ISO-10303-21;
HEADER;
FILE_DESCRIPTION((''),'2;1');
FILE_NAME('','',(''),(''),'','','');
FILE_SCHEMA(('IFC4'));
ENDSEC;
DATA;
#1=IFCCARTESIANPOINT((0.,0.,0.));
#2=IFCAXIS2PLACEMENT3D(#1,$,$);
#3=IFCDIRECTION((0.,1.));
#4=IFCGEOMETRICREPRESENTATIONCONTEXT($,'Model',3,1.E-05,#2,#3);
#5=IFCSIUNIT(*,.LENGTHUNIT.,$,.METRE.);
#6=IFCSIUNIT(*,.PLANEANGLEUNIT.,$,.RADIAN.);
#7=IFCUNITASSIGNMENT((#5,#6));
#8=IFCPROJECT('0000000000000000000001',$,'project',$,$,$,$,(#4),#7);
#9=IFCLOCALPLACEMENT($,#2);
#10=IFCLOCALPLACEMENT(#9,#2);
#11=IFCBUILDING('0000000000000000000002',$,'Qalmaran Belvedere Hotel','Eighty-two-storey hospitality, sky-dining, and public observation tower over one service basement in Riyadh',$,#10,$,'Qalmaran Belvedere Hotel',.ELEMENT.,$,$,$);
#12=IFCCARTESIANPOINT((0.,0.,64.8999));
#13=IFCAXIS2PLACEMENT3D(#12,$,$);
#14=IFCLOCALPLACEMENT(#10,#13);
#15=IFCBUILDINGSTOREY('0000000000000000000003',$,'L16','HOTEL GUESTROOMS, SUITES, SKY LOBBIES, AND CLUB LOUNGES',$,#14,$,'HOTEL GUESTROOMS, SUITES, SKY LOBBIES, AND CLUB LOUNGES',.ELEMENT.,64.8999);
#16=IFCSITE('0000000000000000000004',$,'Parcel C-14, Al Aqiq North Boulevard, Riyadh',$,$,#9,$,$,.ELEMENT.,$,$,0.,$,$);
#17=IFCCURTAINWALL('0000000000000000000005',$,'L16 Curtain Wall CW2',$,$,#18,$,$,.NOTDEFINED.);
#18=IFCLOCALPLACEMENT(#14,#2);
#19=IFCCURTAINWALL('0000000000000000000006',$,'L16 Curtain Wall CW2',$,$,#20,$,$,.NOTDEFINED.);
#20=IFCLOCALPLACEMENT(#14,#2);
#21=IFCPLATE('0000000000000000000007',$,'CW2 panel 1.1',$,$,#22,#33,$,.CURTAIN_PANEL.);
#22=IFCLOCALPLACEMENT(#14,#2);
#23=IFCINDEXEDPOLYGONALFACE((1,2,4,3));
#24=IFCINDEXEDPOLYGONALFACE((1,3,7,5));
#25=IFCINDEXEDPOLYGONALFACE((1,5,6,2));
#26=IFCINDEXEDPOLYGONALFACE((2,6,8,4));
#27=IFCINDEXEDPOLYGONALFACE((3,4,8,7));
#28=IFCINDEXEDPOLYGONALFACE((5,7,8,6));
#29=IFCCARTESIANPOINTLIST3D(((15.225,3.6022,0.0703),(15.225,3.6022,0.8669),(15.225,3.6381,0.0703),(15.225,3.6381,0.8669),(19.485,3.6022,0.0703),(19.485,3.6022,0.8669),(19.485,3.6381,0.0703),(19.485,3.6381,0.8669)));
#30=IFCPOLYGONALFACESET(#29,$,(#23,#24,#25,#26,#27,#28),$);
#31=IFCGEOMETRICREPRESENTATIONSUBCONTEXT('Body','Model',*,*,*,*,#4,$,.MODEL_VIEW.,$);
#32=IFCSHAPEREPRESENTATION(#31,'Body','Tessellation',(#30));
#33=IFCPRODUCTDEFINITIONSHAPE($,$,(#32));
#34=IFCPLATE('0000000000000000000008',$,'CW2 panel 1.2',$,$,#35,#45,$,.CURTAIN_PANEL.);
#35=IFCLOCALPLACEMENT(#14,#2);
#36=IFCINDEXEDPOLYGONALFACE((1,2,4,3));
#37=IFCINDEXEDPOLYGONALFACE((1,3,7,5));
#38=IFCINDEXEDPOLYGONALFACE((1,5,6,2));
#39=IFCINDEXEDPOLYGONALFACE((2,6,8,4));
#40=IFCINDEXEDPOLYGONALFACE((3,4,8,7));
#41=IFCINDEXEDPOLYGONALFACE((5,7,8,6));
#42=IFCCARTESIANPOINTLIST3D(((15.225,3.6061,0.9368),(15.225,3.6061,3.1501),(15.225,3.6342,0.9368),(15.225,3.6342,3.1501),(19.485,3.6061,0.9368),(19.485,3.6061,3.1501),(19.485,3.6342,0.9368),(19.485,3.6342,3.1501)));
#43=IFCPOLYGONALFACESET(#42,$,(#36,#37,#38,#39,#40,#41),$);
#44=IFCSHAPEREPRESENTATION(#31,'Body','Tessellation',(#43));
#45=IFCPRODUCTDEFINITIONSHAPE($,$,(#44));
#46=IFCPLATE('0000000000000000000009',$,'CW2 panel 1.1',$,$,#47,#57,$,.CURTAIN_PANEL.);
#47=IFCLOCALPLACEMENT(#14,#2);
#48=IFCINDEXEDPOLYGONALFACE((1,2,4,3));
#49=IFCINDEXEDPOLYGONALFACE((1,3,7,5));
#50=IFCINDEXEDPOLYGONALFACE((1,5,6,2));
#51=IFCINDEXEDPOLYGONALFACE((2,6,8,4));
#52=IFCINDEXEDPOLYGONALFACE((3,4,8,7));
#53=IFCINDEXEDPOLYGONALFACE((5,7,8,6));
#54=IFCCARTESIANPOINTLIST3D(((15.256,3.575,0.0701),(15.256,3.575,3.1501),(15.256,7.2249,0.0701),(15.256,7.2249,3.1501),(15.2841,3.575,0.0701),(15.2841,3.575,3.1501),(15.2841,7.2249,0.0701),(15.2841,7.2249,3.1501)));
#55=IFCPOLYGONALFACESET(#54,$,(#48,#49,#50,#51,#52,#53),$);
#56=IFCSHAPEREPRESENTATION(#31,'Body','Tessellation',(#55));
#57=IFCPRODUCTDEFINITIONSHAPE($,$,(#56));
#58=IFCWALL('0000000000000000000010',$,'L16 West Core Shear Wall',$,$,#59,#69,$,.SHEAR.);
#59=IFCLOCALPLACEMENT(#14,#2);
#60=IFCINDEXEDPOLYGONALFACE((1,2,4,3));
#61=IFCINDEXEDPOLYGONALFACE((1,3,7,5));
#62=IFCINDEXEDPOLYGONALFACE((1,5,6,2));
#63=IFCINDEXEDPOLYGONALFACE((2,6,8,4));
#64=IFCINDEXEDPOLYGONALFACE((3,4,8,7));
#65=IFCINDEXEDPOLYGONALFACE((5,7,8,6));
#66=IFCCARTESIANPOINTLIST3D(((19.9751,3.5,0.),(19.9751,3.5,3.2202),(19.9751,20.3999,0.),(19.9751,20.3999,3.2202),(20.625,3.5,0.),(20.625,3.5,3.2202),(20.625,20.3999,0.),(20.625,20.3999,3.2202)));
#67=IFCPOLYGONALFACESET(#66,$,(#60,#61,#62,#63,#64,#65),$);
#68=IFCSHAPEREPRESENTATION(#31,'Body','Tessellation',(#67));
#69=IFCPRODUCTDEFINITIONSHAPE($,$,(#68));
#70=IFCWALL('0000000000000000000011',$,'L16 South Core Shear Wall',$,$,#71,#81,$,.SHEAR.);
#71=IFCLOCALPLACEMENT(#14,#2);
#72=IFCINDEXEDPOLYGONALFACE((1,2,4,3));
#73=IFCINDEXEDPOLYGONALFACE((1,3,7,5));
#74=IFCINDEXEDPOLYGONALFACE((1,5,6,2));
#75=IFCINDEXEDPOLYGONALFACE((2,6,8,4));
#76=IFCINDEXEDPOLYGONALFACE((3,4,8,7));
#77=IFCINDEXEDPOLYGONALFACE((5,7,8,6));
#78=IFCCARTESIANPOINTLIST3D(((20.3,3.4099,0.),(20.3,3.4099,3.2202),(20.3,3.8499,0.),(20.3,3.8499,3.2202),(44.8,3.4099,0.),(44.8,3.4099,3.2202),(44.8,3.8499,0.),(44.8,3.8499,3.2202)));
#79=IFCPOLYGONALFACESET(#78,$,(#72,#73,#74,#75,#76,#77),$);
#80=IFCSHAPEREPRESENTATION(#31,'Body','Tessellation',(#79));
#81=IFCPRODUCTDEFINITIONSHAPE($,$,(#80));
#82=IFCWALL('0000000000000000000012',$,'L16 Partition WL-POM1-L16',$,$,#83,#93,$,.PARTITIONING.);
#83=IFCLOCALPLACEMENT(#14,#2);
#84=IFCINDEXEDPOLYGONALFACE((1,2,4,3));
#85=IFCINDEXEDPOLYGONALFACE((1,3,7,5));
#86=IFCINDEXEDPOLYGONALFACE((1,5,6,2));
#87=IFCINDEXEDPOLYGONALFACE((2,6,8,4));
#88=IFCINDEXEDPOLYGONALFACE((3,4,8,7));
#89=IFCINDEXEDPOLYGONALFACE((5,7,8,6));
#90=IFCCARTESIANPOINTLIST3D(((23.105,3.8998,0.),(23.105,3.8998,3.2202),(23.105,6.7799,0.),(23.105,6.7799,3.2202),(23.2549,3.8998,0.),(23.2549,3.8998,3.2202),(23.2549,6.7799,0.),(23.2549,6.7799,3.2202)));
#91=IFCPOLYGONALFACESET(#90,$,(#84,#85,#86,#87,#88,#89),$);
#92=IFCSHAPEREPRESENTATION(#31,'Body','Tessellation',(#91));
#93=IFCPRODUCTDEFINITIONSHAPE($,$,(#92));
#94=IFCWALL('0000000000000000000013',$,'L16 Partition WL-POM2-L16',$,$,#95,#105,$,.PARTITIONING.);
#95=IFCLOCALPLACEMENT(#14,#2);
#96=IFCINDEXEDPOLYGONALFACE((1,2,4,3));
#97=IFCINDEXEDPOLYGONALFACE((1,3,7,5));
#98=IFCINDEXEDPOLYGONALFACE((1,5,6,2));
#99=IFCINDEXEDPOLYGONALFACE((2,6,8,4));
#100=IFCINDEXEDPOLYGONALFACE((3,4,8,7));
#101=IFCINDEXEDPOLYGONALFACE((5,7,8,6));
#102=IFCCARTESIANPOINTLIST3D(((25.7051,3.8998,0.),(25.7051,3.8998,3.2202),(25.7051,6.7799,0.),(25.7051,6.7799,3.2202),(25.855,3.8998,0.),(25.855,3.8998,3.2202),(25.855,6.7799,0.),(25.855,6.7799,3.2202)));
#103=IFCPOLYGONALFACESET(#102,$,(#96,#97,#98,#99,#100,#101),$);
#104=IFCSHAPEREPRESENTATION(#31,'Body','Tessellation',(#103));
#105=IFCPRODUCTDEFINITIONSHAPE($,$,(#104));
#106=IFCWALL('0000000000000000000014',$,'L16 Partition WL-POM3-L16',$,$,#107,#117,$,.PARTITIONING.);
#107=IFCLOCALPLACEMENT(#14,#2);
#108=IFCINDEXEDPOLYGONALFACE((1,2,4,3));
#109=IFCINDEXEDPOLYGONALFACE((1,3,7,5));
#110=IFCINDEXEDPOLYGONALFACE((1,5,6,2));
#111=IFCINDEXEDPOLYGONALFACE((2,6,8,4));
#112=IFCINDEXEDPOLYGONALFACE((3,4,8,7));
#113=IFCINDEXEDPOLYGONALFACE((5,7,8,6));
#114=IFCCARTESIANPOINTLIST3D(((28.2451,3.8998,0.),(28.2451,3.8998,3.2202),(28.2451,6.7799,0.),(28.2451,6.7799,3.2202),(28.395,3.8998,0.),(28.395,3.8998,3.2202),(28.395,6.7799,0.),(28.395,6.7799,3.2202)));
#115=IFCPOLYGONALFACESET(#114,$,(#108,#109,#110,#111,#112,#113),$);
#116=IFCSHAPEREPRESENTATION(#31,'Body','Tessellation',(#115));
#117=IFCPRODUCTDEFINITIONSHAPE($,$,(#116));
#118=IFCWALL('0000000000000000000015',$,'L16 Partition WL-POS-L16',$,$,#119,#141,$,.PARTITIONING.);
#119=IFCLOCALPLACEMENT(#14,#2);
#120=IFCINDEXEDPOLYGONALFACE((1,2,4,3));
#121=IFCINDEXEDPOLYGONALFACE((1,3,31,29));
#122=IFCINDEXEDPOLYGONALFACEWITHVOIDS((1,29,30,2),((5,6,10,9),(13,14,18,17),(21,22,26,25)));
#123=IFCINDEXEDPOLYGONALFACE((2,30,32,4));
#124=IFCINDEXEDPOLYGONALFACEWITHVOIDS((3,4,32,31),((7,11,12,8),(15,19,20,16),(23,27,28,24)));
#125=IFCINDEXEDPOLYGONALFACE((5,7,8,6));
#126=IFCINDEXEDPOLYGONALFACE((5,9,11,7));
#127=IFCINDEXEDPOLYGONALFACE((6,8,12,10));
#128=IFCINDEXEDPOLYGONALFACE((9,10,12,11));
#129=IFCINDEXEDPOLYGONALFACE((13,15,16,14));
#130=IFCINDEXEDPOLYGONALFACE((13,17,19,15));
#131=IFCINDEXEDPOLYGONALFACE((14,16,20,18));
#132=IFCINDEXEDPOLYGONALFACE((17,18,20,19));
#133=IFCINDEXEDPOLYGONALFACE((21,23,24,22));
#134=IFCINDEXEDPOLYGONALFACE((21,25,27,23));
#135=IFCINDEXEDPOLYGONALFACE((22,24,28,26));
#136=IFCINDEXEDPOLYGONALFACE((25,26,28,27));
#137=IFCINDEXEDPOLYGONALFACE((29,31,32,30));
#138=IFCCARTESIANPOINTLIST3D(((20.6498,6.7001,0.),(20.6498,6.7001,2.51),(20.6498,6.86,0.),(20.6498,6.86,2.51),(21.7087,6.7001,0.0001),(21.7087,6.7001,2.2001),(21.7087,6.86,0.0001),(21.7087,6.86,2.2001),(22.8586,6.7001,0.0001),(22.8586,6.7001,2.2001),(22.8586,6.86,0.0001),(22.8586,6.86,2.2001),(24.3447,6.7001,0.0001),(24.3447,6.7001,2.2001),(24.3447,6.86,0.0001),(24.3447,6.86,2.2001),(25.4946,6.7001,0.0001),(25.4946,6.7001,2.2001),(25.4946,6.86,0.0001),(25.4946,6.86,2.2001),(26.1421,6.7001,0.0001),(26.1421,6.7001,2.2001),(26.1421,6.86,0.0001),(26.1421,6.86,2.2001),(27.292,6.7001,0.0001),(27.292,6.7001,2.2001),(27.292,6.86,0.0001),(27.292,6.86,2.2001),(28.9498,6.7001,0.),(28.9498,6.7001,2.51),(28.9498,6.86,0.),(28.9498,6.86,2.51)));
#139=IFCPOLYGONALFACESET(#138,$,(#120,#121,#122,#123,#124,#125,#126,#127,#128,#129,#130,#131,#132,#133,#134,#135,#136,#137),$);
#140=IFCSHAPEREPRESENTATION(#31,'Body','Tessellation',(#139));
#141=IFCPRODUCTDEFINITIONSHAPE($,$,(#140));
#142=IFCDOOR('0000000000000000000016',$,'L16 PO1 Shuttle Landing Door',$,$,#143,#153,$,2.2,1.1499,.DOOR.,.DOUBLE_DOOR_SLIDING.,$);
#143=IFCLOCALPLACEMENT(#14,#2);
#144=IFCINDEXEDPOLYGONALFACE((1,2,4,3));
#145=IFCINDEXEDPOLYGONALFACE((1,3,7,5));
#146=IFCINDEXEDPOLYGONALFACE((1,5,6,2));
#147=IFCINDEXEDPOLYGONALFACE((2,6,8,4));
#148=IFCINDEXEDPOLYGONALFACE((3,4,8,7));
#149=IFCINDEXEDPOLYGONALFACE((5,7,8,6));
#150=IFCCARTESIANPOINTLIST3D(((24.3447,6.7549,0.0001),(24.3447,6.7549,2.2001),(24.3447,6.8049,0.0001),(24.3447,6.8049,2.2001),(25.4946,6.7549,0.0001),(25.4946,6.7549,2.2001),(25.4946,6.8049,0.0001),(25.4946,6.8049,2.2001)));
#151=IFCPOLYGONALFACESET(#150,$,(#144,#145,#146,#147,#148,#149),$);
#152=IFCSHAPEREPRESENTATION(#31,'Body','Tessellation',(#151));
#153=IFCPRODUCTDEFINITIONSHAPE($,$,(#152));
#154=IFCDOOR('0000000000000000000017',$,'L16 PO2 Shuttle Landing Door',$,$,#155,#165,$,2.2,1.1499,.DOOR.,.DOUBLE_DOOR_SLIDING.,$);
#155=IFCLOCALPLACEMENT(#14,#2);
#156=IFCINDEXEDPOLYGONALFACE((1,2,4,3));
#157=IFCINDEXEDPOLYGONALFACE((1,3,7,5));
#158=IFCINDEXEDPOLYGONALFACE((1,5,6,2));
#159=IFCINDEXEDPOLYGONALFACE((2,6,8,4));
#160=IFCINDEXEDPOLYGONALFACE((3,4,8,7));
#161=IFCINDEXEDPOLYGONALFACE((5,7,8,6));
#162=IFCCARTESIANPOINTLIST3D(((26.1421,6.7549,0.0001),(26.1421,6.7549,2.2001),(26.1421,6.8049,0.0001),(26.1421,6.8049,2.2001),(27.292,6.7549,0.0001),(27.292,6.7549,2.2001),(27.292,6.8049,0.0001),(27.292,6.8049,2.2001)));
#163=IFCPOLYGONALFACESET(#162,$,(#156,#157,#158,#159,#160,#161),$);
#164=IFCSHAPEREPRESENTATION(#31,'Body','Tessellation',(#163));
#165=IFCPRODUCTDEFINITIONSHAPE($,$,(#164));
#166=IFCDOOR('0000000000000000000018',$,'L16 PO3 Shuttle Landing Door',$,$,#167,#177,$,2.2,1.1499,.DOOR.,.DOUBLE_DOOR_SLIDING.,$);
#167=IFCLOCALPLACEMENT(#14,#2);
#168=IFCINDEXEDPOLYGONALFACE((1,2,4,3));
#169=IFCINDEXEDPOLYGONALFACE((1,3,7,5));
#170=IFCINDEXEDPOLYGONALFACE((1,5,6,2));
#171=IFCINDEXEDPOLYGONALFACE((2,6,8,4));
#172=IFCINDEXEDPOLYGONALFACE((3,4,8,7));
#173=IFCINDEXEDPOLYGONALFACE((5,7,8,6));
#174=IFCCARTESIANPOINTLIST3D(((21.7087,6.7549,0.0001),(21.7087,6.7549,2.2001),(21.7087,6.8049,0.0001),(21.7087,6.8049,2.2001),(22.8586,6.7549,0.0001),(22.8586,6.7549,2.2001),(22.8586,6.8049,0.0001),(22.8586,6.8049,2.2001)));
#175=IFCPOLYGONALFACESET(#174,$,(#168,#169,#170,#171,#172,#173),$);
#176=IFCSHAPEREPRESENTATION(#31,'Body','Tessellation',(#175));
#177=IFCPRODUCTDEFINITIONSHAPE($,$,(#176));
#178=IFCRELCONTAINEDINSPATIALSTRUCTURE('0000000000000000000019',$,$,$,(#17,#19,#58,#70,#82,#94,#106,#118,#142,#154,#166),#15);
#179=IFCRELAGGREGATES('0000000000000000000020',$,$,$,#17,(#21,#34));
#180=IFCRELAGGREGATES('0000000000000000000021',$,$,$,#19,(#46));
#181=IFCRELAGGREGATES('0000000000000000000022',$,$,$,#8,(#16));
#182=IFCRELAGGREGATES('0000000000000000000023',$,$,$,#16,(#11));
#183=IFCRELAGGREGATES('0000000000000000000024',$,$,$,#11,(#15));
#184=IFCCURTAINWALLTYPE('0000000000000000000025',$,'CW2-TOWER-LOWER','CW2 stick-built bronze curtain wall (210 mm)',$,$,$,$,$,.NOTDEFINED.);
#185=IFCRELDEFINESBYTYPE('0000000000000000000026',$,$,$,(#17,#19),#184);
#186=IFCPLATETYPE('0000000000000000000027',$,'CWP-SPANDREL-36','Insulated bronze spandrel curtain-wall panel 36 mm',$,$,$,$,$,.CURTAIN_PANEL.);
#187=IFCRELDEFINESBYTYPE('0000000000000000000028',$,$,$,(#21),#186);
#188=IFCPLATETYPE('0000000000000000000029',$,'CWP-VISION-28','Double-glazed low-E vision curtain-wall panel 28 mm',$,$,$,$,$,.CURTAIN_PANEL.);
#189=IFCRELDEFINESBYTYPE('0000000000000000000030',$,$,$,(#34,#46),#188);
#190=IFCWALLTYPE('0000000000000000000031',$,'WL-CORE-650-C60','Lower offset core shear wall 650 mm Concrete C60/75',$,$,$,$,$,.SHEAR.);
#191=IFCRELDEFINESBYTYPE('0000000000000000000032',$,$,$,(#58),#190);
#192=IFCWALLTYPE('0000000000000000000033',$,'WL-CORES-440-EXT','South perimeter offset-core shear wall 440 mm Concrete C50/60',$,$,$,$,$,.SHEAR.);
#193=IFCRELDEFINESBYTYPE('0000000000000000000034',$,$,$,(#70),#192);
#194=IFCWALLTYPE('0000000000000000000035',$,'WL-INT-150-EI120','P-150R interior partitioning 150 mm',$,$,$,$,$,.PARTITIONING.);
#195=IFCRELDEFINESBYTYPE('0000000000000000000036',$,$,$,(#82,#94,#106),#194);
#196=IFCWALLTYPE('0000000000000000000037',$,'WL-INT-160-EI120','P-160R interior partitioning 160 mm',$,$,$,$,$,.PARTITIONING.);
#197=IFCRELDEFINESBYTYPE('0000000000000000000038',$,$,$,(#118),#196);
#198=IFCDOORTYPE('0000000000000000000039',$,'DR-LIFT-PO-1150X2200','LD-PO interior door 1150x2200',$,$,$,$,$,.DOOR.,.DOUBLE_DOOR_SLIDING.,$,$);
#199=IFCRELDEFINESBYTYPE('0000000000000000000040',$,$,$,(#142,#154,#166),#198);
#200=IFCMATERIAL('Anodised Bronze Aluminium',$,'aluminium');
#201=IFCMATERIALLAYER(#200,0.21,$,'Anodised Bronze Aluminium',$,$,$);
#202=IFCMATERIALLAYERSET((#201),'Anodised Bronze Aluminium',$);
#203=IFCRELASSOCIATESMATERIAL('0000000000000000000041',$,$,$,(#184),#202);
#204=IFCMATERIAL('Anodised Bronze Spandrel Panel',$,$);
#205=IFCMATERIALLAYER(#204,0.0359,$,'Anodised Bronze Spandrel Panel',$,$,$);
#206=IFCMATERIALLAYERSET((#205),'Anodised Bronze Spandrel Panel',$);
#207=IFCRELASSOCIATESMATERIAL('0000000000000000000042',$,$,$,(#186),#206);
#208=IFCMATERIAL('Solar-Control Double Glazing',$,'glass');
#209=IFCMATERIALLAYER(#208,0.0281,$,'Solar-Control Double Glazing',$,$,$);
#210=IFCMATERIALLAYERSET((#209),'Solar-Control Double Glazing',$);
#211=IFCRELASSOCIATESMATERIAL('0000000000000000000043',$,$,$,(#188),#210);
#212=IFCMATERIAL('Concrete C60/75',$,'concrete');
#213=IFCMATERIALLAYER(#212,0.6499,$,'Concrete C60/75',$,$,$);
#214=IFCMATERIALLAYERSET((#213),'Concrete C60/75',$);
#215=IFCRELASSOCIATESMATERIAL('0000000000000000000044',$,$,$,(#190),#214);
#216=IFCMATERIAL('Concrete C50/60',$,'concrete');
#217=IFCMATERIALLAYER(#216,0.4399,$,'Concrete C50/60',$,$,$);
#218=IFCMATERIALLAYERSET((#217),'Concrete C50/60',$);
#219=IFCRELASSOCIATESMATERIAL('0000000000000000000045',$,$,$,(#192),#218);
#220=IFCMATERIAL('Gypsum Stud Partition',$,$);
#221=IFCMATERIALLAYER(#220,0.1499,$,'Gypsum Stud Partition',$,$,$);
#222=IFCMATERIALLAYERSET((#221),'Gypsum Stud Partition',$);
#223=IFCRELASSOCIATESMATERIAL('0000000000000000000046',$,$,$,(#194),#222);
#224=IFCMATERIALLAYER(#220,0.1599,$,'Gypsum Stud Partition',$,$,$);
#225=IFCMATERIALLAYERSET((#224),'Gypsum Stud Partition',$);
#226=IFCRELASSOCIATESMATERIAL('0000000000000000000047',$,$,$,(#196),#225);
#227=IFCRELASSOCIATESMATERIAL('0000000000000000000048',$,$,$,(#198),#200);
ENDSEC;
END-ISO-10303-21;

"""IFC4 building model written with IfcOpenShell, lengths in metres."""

from ifc_helpers import new_model, si_unit, direction, frame, frame_2d, origin, origin_2d, place, context, subcontext, project, spatial, rectangle, extrude, material, layer, layer_set, type_object, element, fill, aggregate, save


model = new_model("IFC4")

# Units and contexts
model_context = context("Model", 3, precision=1e-05, world=origin(), true_north=direction((0.0, 1.0)))
body_context = subcontext(model_context, "Body", "Model", "MODEL_VIEW")
ifc_project = project(units=[si_unit("LENGTHUNIT", "METRE"), si_unit("PLANEANGLEUNIT", "RADIAN")], contexts=[model_context])

# Site, building, storey
site_placement = place(None, origin())
site = spatial("IfcSite", under=ifc_project, at=site_placement, Name="Parcel C-14, Al Aqiq North Boulevard, Riyadh", CompositionType="ELEMENT", RefElevation=0.0)
building_placement = place(site_placement, origin())
building = spatial("IfcBuilding", under=site, at=building_placement, Name="Qalmaran Belvedere Hotel", Description="Eighty-two-storey hospitality, sky-dining, and public observation tower over one service basement in Riyadh", LongName="Qalmaran Belvedere Hotel", CompositionType="ELEMENT")
storey_placement = place(building_placement, frame((0.0, 0.0, 64.8999)))
storey = spatial("IfcBuildingStorey", under=building, at=storey_placement, Name="L16", Description="HOTEL GUESTROOMS, SUITES, SKY LOBBIES, AND CLUB LOUNGES", LongName="HOTEL GUESTROOMS, SUITES, SKY LOBBIES, AND CLUB LOUNGES", CompositionType="ELEMENT", Elevation=64.8999)

# Shared definitions
ifc_material_1 = material(Name="Concrete C60/75", Category="concrete")

# Curtain wall
ifc_material_2 = material(Name="Anodised Bronze Aluminium", Category="aluminium")
ifc_layer_1 = layer(ifc_material_2, 0.21, Name="Anodised Bronze Aluminium")
ifc_layer_set_1 = layer_set([ifc_layer_1], Name="Anodised Bronze Aluminium")
curtain_wall_type = type_object("IfcCurtainWallType", Name="CW2-TOWER-LOWER", Description="CW2 stick-built bronze curtain wall (210 mm)", PredefinedType="NOTDEFINED", material=ifc_layer_set_1)
curtain_wall_1_placement = place(storey_placement, origin())
curtain_wall_1 = element("IfcCurtainWall", 1, at=curtain_wall_1_placement, inside=storey, type_object=curtain_wall_type, Name="L16 Curtain Wall CW2", PredefinedType="NOTDEFINED")

# Curtain wall
curtain_wall_2_placement = place(storey_placement, origin())
curtain_wall_2 = element("IfcCurtainWall", 2, at=curtain_wall_2_placement, inside=storey, type_object=curtain_wall_type, Name="L16 Curtain Wall CW2", PredefinedType="NOTDEFINED")

# Plates
ifc_material_3 = material(Name="Anodised Bronze Spandrel Panel")
ifc_layer_2 = layer(ifc_material_3, 0.0359, Name="Anodised Bronze Spandrel Panel")
ifc_layer_set_2 = layer_set([ifc_layer_2], Name="Anodised Bronze Spandrel Panel")
plate_type_1 = type_object("IfcPlateType", Name="CWP-SPANDREL-36", Description="Insulated bronze spandrel curtain-wall panel 36 mm", PredefinedType="CURTAIN_PANEL", material=ifc_layer_set_2)
plate_1_placement = place(storey_placement, frame((17.355, 3.6201, 0.0703), z_axis=(0.0, 0.0, 1.0), x_axis=(1.0, 0.0, 0.0)))
plate_1 = element("IfcPlate", 3, at=plate_1_placement, type_object=plate_type_1, Name="CW2 panel 1.1", PredefinedType="CURTAIN_PANEL", context=body_context, shape_type="SweptSolid", body=[
    extrude(rectangle(XDim=4.26, YDim=0.0359, at=origin_2d()), origin(), (0.0, 0.0, 1.0), 0.7966),
])
ifc_material_4 = material(Name="Solar-Control Double Glazing", Category="glass")
ifc_layer_3 = layer(ifc_material_4, 0.0281, Name="Solar-Control Double Glazing")
ifc_layer_set_3 = layer_set([ifc_layer_3], Name="Solar-Control Double Glazing")
plate_type_2 = type_object("IfcPlateType", Name="CWP-VISION-28", Description="Double-glazed low-E vision curtain-wall panel 28 mm", PredefinedType="CURTAIN_PANEL", material=ifc_layer_set_3)
plate_2_placement = place(storey_placement, frame((17.355, 3.6201, 0.9368), z_axis=(0.0, 0.0, 1.0), x_axis=(1.0, 0.0, 0.0)))
plate_2 = element("IfcPlate", 4, at=plate_2_placement, type_object=plate_type_2, Name="CW2 panel 1.2", PredefinedType="CURTAIN_PANEL", context=body_context, shape_type="SweptSolid", body=[
    extrude(rectangle(XDim=4.26, YDim=0.0281, at=origin_2d()), origin(), (0.0, 0.0, 1.0), 2.2134),
])
aggregate(curtain_wall_1, [plate_1, plate_2])
plate_3_placement = place(storey_placement, frame((15.27, 5.3999, 0.0701), z_axis=(0.0, 0.0, 1.0), x_axis=(0.0, -1.0, 0.0)))
plate_3 = element("IfcPlate", 5, at=plate_3_placement, type_object=plate_type_2, Name="CW2 panel 1.1", PredefinedType="CURTAIN_PANEL", context=body_context, shape_type="SweptSolid", body=[
    extrude(rectangle(XDim=3.6499, YDim=0.0281, at=origin_2d()), origin(), (0.0, 0.0, 1.0), 3.0801),
])
aggregate(curtain_wall_2, [plate_3])

# Wall
ifc_layer_4 = layer(ifc_material_1, 0.6499, Name="Concrete C60/75")
ifc_layer_set_4 = layer_set([ifc_layer_4], Name="Concrete C60/75")
wall_type_1 = type_object("IfcWallType", Name="WL-CORE-650-C60", Description="Lower offset core shear wall 650 mm Concrete C60/75", PredefinedType="SHEAR", material=ifc_layer_set_4)
wall_1_placement = place(storey_placement, frame((20.3, 3.5, 0.0), z_axis=(0.0, 0.0, 1.0), x_axis=(0.0, 1.0, 0.0)))
element("IfcWall", 6, at=wall_1_placement, inside=storey, type_object=wall_type_1, Name="L16 West Core Shear Wall", PredefinedType="SHEAR", context=body_context, shape_type="SweptSolid", body=[
    extrude(rectangle(XDim=16.8999, YDim=0.6499, at=frame_2d((8.45, 0.0))), origin(), (0.0, 0.0, 1.0), 3.2202),
])

# Walls
ifc_material_5 = material(Name="Concrete C50/60", Category="concrete")
ifc_layer_5 = layer(ifc_material_5, 0.4399, Name="Concrete C50/60")
ifc_layer_set_5 = layer_set([ifc_layer_5], Name="Concrete C50/60")
wall_type_2 = type_object("IfcWallType", Name="WL-CORES-440-EXT", Description="South perimeter offset-core shear wall 440 mm Concrete C50/60", PredefinedType="SHEAR", material=ifc_layer_set_5)
wall_2_placement = place(storey_placement, frame((20.3, 3.6299, 0.0), z_axis=(0.0, 0.0, 1.0), x_axis=(1.0, 0.0, 0.0)))
element("IfcWall", 7, at=wall_2_placement, inside=storey, type_object=wall_type_2, Name="L16 South Core Shear Wall", PredefinedType="SHEAR", context=body_context, shape_type="SweptSolid", body=[
    extrude(rectangle(XDim=24.5, YDim=0.4399, at=frame_2d((12.25, 0.0))), origin(), (0.0, 0.0, 1.0), 3.2202),
])
ifc_material_6 = material(Name="Gypsum Stud Partition")
ifc_layer_6 = layer(ifc_material_6, 0.1499, Name="Gypsum Stud Partition")
ifc_layer_set_6 = layer_set([ifc_layer_6], Name="Gypsum Stud Partition")
wall_type_3 = type_object("IfcWallType", Name="WL-INT-150-EI120", Description="P-150R interior partitioning 150 mm", PredefinedType="PARTITIONING", material=ifc_layer_set_6)
for number, where, z_axis, x_axis, name in (
    (8, (23.1799, 3.8999, 0.0), (0.0, 0.0, 1.0), (0.0, 1.0, 0.0), "L16 Partition WL-POM1-L16"),
    (9, (25.78, 3.8999, 0.0), (0.0, 0.0, 1.0), (0.0, 1.0, 0.0), "L16 Partition WL-POM2-L16"),
    (10, (28.3201, 3.8999, 0.0), (0.0, 0.0, 1.0), (0.0, 1.0, 0.0), "L16 Partition WL-POM3-L16"),
):
    element("IfcWall", number, at=place(storey_placement, frame(where, z_axis=z_axis, x_axis=x_axis)), inside=storey, type_object=wall_type_3, Name=name, PredefinedType="PARTITIONING", context=body_context, shape_type="SweptSolid", body=[
        extrude(rectangle(XDim=2.8801, YDim=0.1499, at=frame_2d((1.4399, 0.0))), origin(), (0.0, 0.0, 1.0), 3.2202),
    ])

# Wall, openings, doors
ifc_layer_7 = layer(ifc_material_6, 0.1599, Name="Gypsum Stud Partition")
ifc_layer_set_7 = layer_set([ifc_layer_7], Name="Gypsum Stud Partition")
wall_type_4 = type_object("IfcWallType", Name="WL-INT-160-EI120", Description="P-160R interior partitioning 160 mm", PredefinedType="PARTITIONING", material=ifc_layer_set_7)
wall_3_placement = place(storey_placement, frame((20.6499, 6.78, 0.0), z_axis=(0.0, 0.0, 1.0), x_axis=(1.0, 0.0, 0.0)))
wall_3 = element("IfcWall", 11, at=wall_3_placement, inside=storey, type_object=wall_type_4, Name="L16 Partition WL-POS-L16", PredefinedType="PARTITIONING", context=body_context, shape_type="SweptSolid", body=[
    extrude(rectangle(XDim=8.3, YDim=0.1599, at=frame_2d((4.1499, 0.0))), origin(), (0.0, 0.0, 1.0), 2.51),
])
opening_1_placement = place(wall_3_placement, frame((3.6948, 0.0, 0.0)))
opening_1 = element("IfcOpeningElement", 12, at=opening_1_placement, cuts=wall_3, PredefinedType="OPENING", context=body_context, shape_type="SweptSolid", body=[
    extrude(rectangle(XDim=1.1499, YDim=2.2, at=frame_2d((0.575, 1.1001))), frame((0.0, 0.0898, 0.0), z_axis=(0.0, -1.0, 0.0), x_axis=(1.0, 0.0, 0.0)), (0.0, 0.0, 1.0), 0.1799),
])
opening_2_placement = place(wall_3_placement, frame((5.4922, 0.0, 0.0)))
opening_2 = element("IfcOpeningElement", 13, at=opening_2_placement, cuts=wall_3, PredefinedType="OPENING", context=body_context, shape_type="SweptSolid", body=[
    extrude(rectangle(XDim=1.1499, YDim=2.2, at=frame_2d((0.575, 1.1001))), frame((0.0, 0.0898, 0.0), z_axis=(0.0, -1.0, 0.0), x_axis=(1.0, 0.0, 0.0)), (0.0, 0.0, 1.0), 0.1799),
])
opening_3_placement = place(wall_3_placement, frame((1.0588, 0.0, 0.0)))
opening_3 = element("IfcOpeningElement", 14, at=opening_3_placement, cuts=wall_3, PredefinedType="OPENING", context=body_context, shape_type="SweptSolid", body=[
    extrude(rectangle(XDim=1.1499, YDim=2.2, at=frame_2d((0.575, 1.1001))), frame((0.0, 0.0898, 0.0), z_axis=(0.0, -1.0, 0.0), x_axis=(1.0, 0.0, 0.0)), (0.0, 0.0, 1.0), 0.1799),
])
door_type_1 = type_object("IfcDoorType", Name="DR-LIFT-PO-1150X2200", Description="LD-PO interior door 1150x2200", OperationType="DOUBLE_DOOR_SLIDING", PredefinedType="DOOR", material=ifc_material_2)
door_1_placement = place(opening_1_placement, origin())
door_1 = element("IfcDoor", 15, at=door_1_placement, inside=storey, type_object=door_type_1, Name="L16 PO1 Shuttle Landing Door", OperationType="DOUBLE_DOOR_SLIDING", OverallHeight=2.2, OverallWidth=1.1499, PredefinedType="DOOR", context=body_context, shape_type="SweptSolid", body=[
    extrude(rectangle(XDim=1.1499, YDim=2.2, at=frame_2d((0.575, 1.1001))), frame((0.0, 0.0249, 0.0), z_axis=(0.0, -1.0, 0.0), x_axis=(1.0, 0.0, 0.0)), (0.0, 0.0, 1.0), 0.05),
])
fill(opening_1, door_1)
door_2_placement = place(opening_2_placement, origin())
door_2 = element("IfcDoor", 16, at=door_2_placement, inside=storey, type_object=door_type_1, Name="L16 PO2 Shuttle Landing Door", OperationType="DOUBLE_DOOR_SLIDING", OverallHeight=2.2, OverallWidth=1.1499, PredefinedType="DOOR", context=body_context, shape_type="SweptSolid", body=[
    extrude(rectangle(XDim=1.1499, YDim=2.2, at=frame_2d((0.575, 1.1001))), frame((0.0, 0.0249, 0.0), z_axis=(0.0, -1.0, 0.0), x_axis=(1.0, 0.0, 0.0)), (0.0, 0.0, 1.0), 0.05),
])
fill(opening_2, door_2)
door_3_placement = place(opening_3_placement, origin())
door_3 = element("IfcDoor", 17, at=door_3_placement, inside=storey, type_object=door_type_1, Name="L16 PO3 Shuttle Landing Door", OperationType="DOUBLE_DOOR_SLIDING", OverallHeight=2.2, OverallWidth=1.1499, PredefinedType="DOOR", context=body_context, shape_type="SweptSolid", body=[
    extrude(rectangle(XDim=1.1499, YDim=2.2, at=frame_2d((0.575, 1.1001))), frame((0.0, 0.0249, 0.0), z_axis=(0.0, -1.0, 0.0), x_axis=(1.0, 0.0, 0.0)), (0.0, 0.0, 1.0), 0.05),
])
fill(opening_3, door_3)

save(model, "model.ifc")
